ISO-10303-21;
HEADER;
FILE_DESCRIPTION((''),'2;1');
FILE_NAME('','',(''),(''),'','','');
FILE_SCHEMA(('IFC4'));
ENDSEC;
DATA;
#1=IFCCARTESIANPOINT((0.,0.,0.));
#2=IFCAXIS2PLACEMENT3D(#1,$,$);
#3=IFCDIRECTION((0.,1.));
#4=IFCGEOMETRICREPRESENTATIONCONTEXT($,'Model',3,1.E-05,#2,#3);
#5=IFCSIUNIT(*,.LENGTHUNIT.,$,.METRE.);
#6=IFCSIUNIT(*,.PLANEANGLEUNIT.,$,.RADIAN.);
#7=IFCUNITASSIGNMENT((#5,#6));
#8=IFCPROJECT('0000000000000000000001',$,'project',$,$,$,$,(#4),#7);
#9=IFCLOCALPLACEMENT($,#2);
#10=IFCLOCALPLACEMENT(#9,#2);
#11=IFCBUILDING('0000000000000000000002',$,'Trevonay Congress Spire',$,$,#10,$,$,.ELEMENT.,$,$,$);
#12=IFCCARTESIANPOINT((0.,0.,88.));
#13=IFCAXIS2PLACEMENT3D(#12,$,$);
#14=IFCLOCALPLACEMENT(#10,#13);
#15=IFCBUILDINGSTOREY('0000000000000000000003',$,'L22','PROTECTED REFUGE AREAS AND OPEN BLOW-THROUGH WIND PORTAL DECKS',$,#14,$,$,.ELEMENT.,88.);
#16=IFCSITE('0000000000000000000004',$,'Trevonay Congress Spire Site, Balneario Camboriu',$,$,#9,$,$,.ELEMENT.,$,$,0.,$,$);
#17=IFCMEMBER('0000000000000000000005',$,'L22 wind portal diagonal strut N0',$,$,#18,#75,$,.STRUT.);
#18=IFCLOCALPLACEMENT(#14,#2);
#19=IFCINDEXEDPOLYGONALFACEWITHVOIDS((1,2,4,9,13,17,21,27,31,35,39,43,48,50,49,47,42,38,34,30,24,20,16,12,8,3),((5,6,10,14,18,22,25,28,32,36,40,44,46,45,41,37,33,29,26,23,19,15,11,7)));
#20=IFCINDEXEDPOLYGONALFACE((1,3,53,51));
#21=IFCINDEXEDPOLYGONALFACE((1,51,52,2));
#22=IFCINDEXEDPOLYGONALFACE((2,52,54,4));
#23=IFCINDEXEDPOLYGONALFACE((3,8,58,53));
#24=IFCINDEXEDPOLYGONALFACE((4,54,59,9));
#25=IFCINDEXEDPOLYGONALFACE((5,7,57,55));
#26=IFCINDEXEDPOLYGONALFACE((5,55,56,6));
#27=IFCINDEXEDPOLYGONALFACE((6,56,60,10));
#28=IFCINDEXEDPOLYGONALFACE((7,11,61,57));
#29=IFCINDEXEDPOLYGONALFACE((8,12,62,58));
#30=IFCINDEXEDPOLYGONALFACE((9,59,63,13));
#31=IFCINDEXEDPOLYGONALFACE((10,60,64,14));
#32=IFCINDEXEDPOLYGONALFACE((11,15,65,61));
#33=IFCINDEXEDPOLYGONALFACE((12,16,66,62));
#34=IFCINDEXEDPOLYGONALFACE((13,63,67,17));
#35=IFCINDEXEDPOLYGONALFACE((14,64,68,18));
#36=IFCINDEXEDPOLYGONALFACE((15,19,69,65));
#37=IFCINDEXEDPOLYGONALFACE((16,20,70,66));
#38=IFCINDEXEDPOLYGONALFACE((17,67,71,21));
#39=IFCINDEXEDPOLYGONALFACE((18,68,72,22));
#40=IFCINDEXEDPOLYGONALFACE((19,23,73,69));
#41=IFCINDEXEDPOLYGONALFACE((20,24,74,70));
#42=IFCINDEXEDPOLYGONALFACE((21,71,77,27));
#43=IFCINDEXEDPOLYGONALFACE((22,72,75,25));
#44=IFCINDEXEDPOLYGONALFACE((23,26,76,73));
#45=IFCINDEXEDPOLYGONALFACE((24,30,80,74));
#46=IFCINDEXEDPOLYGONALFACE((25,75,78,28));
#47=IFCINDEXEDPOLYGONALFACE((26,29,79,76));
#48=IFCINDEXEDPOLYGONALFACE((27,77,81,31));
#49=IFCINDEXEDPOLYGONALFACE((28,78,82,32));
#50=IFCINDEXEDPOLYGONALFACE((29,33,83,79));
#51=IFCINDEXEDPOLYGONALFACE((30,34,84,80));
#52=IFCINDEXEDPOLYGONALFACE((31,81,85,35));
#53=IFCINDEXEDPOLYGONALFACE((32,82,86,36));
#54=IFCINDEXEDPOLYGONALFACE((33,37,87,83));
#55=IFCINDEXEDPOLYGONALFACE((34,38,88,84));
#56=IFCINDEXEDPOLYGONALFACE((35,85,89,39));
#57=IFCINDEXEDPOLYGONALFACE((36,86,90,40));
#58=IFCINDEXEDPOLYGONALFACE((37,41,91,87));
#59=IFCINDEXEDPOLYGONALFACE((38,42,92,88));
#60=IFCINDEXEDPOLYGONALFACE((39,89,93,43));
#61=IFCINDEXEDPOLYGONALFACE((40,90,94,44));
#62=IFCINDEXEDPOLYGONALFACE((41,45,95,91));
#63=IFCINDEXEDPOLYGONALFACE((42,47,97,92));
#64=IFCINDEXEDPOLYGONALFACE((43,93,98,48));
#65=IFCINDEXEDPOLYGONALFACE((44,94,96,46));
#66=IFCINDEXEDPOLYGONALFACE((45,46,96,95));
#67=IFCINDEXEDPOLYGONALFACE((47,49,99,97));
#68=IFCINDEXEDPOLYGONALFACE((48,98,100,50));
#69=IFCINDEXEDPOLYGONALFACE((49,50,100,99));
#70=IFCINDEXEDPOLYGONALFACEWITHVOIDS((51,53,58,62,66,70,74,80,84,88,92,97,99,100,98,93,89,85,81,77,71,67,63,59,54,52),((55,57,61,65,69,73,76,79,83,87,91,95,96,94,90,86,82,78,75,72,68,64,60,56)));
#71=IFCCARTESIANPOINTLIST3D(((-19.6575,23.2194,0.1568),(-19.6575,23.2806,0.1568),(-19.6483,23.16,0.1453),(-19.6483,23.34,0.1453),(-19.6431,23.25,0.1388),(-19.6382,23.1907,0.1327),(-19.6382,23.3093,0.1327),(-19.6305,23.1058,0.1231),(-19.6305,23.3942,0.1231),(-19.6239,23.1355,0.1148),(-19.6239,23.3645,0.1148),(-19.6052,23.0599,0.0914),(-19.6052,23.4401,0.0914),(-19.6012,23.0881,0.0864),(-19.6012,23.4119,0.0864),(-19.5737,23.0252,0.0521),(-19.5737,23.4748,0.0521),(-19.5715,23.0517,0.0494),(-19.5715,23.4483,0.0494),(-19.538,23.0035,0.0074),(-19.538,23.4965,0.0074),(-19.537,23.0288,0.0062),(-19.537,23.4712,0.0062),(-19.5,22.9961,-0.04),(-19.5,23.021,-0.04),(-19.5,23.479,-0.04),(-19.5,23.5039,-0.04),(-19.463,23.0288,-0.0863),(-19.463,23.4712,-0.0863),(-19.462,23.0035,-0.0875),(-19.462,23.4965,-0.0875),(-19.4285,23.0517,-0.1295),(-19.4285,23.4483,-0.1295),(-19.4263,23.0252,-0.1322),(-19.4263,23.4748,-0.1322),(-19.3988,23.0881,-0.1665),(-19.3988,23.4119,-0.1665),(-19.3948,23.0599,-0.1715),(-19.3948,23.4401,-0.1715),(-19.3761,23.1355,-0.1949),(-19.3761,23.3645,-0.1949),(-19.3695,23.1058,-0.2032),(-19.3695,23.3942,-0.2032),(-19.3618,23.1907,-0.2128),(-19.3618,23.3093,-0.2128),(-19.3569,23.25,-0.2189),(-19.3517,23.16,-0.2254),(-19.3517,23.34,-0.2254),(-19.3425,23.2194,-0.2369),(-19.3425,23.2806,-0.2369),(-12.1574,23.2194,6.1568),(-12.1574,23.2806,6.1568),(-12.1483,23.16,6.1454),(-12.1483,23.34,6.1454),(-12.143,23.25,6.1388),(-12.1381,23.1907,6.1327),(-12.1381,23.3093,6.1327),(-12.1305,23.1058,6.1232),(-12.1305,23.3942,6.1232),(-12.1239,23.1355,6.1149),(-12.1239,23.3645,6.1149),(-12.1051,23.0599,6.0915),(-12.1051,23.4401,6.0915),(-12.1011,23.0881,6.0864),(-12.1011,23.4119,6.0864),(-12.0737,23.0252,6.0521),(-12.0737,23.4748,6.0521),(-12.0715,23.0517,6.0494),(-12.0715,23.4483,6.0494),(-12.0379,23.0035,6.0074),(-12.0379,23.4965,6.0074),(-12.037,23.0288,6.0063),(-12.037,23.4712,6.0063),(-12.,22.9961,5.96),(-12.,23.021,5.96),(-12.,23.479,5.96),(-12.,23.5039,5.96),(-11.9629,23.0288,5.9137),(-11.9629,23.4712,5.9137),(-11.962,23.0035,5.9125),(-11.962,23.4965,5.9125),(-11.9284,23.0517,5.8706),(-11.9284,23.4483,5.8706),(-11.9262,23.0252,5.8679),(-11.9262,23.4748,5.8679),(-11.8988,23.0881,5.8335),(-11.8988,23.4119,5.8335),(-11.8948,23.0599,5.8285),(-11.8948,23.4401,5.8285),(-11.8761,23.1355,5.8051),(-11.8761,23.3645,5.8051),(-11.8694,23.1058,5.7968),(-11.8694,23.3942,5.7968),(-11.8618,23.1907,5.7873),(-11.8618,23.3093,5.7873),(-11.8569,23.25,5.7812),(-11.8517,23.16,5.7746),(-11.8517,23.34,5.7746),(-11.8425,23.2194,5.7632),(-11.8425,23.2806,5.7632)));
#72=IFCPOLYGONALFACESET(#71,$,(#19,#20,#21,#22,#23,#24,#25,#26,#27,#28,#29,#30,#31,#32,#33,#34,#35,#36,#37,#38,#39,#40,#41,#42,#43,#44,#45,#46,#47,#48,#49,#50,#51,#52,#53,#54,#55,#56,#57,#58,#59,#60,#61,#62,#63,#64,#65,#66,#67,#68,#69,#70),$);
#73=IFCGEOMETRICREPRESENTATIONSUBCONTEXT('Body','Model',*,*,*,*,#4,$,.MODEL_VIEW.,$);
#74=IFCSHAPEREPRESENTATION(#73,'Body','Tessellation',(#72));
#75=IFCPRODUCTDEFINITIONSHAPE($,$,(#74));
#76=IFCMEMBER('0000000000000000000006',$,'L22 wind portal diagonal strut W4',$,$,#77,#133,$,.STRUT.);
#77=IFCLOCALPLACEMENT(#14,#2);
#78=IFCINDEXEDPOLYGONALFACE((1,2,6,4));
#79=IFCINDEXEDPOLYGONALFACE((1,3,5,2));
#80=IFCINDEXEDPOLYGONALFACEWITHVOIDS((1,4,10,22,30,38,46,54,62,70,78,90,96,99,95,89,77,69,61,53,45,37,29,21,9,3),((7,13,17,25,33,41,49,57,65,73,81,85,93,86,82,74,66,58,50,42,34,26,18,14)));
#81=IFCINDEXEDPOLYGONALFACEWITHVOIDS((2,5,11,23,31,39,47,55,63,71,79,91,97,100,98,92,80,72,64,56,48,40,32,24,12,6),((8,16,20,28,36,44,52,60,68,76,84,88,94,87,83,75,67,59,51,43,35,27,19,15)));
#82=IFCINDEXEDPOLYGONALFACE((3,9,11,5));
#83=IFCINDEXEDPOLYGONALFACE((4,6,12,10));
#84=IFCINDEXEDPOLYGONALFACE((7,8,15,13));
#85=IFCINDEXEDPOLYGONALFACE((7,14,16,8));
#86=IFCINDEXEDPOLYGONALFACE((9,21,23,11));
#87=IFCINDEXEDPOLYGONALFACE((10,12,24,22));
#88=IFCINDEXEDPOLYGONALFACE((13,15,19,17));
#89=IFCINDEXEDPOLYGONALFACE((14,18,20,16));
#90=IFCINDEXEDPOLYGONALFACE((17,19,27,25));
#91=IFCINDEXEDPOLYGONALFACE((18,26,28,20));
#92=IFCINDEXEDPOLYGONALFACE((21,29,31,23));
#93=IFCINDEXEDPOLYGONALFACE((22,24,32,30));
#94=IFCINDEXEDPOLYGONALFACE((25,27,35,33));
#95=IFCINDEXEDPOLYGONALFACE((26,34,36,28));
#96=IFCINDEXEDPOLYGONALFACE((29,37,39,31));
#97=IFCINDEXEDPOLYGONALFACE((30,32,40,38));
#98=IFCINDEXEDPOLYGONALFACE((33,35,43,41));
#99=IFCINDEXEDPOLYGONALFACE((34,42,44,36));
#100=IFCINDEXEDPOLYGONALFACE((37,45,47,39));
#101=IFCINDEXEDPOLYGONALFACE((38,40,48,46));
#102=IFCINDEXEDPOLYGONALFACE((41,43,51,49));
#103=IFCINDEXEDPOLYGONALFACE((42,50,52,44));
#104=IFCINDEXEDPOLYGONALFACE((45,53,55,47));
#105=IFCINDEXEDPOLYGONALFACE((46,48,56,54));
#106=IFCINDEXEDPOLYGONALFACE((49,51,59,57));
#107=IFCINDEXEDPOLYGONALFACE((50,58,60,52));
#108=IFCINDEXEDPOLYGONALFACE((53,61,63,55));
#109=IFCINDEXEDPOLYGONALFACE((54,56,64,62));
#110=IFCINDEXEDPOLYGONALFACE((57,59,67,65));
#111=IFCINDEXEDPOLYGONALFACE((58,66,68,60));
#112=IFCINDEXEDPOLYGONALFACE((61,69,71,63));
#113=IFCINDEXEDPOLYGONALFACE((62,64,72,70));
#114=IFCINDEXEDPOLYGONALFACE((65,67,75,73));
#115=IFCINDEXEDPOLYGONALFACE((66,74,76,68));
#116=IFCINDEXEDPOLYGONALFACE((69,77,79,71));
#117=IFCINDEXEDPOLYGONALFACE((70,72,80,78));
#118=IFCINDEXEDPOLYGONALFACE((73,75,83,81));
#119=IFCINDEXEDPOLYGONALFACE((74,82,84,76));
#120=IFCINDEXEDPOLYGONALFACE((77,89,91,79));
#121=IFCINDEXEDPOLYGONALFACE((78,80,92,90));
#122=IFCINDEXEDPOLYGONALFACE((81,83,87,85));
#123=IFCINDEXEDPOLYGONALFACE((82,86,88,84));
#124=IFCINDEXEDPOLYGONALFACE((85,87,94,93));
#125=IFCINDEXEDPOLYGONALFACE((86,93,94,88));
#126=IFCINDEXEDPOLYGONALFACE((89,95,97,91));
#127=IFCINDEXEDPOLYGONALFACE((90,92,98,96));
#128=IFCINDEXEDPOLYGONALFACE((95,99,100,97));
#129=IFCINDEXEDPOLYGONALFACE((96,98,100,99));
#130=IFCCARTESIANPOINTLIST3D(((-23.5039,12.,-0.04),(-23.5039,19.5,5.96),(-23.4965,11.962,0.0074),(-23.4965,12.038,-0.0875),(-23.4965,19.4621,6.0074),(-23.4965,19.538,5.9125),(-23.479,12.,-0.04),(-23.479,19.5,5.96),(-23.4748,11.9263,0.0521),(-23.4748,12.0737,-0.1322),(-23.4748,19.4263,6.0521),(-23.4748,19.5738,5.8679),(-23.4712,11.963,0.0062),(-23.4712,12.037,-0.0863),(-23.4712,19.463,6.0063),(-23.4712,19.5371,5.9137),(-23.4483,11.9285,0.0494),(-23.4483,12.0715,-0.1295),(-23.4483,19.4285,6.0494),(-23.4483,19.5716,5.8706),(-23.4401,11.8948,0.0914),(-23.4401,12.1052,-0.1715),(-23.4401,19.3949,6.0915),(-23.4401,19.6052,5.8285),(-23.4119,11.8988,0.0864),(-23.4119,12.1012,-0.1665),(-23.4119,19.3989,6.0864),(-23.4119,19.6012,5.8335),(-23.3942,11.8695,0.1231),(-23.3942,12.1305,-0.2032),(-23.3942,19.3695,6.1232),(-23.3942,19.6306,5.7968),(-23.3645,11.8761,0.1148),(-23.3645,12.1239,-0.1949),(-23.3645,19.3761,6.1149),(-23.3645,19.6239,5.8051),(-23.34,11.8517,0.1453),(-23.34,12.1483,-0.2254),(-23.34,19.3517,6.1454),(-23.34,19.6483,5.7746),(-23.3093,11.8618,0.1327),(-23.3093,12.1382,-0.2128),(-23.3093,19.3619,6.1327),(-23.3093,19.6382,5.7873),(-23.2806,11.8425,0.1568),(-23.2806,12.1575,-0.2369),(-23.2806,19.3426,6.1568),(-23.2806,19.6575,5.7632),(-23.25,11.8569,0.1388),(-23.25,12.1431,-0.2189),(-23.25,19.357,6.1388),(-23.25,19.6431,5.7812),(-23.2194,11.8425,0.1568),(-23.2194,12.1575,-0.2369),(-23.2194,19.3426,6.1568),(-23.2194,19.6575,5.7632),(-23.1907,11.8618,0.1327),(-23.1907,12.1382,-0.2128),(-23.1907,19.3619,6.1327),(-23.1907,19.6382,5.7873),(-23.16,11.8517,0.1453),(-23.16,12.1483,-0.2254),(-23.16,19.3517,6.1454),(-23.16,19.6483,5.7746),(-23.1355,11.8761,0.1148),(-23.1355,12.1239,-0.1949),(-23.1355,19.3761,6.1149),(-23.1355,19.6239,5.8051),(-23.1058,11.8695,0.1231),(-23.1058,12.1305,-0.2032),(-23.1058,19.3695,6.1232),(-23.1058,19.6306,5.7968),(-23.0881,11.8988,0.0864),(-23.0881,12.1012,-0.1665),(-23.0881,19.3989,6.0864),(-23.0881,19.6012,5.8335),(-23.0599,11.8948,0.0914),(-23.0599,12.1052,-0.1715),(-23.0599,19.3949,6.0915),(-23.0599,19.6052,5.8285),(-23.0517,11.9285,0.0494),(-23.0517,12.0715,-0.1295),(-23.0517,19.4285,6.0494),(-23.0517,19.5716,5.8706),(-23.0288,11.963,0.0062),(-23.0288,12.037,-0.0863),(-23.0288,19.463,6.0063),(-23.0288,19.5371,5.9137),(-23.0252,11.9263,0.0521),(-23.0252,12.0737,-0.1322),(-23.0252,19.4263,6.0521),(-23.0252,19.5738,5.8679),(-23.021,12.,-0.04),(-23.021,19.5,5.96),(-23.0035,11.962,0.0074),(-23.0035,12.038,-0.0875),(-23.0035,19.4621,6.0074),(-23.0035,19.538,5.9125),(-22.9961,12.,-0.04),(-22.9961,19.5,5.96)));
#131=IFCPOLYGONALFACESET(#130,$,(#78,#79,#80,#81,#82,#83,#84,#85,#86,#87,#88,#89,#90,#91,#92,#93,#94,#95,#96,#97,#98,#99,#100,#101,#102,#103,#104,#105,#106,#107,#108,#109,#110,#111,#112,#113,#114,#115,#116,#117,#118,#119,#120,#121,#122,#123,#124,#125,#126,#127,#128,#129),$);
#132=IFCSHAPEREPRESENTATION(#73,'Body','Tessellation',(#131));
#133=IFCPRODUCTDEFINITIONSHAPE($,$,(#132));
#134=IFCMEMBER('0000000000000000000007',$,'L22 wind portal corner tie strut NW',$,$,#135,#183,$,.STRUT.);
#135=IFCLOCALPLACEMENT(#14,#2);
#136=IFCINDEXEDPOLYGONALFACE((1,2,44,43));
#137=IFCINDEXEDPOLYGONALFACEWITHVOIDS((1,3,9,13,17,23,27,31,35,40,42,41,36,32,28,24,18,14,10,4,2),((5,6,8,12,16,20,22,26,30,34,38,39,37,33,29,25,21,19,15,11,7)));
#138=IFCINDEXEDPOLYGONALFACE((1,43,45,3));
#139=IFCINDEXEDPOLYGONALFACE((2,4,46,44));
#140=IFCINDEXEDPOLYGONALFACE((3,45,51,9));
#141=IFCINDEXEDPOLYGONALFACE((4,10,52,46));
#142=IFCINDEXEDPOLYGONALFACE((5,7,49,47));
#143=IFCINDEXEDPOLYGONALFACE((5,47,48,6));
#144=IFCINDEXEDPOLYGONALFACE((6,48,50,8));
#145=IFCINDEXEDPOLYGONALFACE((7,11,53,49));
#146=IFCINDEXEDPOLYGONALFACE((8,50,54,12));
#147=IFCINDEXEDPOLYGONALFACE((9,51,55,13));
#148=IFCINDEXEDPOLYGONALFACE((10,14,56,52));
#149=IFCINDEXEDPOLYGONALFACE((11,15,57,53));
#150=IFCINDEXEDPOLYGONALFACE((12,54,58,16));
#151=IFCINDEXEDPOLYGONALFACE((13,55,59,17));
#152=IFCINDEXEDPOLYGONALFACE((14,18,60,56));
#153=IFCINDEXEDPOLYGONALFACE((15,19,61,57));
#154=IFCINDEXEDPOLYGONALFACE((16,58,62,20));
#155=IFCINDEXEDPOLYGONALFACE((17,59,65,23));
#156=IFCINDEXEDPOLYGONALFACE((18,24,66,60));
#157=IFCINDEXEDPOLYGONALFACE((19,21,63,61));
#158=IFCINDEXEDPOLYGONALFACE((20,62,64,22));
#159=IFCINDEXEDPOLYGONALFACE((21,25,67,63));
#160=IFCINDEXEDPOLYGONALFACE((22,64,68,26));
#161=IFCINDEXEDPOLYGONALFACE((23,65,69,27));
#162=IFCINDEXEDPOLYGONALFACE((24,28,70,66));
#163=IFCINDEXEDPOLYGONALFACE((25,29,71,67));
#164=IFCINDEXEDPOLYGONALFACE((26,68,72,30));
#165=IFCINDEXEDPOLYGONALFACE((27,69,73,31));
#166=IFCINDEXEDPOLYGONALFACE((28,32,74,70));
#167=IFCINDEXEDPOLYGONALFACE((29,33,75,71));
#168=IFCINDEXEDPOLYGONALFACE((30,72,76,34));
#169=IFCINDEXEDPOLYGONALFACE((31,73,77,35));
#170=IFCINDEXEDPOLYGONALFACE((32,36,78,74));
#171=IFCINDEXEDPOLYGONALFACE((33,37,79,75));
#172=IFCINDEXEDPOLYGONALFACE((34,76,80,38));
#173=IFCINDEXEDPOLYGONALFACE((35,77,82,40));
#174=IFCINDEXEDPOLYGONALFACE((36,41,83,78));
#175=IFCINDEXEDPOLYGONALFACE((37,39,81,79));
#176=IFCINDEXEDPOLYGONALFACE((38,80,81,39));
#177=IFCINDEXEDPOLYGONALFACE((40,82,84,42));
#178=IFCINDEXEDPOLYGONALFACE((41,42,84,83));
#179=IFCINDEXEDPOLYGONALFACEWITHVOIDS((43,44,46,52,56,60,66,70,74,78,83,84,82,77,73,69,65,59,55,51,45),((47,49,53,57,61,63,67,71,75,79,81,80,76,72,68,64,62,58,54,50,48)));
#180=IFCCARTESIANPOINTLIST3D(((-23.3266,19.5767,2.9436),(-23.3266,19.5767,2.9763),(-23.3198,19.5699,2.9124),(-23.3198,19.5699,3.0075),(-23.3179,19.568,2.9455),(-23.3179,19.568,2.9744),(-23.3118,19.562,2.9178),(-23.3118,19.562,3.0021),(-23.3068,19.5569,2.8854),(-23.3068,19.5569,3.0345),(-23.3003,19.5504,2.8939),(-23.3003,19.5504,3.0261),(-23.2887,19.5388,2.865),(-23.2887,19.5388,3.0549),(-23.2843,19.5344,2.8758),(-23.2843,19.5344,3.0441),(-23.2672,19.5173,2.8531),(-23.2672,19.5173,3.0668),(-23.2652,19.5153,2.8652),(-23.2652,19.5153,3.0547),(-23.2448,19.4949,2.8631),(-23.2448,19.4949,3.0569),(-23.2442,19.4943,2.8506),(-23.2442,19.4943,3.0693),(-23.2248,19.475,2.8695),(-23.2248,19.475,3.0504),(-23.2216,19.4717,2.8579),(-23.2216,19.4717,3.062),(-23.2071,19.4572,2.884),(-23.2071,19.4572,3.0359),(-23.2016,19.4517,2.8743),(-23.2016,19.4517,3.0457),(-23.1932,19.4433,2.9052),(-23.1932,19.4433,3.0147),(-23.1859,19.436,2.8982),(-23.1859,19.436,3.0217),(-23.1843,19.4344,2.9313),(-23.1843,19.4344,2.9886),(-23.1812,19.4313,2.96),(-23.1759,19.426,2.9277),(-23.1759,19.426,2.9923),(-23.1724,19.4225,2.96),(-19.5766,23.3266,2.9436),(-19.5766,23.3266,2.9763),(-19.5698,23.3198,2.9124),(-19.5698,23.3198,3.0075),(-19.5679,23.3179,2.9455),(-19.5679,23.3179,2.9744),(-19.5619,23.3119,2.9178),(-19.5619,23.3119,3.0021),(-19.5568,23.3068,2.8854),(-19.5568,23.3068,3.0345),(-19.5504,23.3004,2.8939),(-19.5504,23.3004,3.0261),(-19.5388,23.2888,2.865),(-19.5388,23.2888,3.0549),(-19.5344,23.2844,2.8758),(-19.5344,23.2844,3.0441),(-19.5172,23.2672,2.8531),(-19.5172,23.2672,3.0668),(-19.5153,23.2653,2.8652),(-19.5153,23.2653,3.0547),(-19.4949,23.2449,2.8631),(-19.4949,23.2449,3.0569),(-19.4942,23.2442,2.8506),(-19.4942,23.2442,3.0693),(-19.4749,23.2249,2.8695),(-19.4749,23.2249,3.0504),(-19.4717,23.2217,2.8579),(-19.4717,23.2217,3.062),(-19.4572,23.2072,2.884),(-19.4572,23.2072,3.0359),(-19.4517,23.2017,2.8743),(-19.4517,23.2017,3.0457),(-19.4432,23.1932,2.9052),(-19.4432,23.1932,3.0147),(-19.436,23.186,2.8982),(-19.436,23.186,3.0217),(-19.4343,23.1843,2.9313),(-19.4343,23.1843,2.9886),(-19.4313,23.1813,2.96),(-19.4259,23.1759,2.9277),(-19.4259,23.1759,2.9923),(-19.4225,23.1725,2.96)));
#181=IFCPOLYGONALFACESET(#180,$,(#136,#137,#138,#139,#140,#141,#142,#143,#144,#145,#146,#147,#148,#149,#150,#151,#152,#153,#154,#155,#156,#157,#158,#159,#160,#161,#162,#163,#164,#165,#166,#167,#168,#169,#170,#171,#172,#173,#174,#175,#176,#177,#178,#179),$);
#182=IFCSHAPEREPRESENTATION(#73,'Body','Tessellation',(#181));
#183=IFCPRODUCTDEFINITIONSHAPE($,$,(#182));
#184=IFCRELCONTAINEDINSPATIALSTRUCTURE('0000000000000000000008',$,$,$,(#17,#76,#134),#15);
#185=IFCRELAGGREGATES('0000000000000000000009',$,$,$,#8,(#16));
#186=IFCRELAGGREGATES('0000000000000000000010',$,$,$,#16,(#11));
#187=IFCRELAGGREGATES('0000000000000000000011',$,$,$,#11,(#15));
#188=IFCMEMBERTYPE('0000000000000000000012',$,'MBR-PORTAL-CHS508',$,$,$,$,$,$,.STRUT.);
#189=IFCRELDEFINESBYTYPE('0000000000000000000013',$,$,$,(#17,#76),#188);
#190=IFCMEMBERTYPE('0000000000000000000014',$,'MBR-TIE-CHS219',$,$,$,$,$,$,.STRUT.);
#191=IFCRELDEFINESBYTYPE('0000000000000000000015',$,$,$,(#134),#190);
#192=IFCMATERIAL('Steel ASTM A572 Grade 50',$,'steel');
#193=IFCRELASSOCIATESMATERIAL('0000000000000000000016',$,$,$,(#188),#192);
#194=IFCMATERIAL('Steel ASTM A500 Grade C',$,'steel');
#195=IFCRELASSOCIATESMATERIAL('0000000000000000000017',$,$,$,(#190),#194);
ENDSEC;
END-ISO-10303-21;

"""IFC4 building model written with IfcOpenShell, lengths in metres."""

from ifc_helpers import new_model, si_unit, direction, frame, origin, origin_2d, place, context, subcontext, project, spatial, hollow_circle, extrude, material, material_profile, profile_set, type_object, element, save


model = new_model("IFC4")

# Units and contexts
model_context = context("Model", 3, precision=1e-05, world=origin(), true_north=direction((0.0, 1.0)))
body_context = subcontext(model_context, "Body", "Model", "MODEL_VIEW")
ifc_project = project(units=[si_unit("LENGTHUNIT", "METRE"), si_unit("PLANEANGLEUNIT", "RADIAN")], contexts=[model_context])

# Site, building, storey
site_placement = place(None, origin())
site = spatial("IfcSite", under=ifc_project, at=site_placement, Name="Trevonay Congress Spire Site, Balneario Camboriu", CompositionType="ELEMENT", RefElevation=0.0)
building_placement = place(site_placement, origin())
building = spatial("IfcBuilding", under=site, at=building_placement, Name="Trevonay Congress Spire", CompositionType="ELEMENT")
storey_placement = place(building_placement, frame((0.0, 0.0, 88.0)))
storey = spatial("IfcBuildingStorey", under=building, at=storey_placement, Name="L22", Description="PROTECTED REFUGE AREAS AND OPEN BLOW-THROUGH WIND PORTAL DECKS", CompositionType="ELEMENT", Elevation=88.0)

# Shared definitions
ifc_material_1 = material(Name="Steel ASTM A572 Grade 50", Category="steel")

# Members
ifc_material_profile_1 = material_profile(ifc_material_1, hollow_circle(Radius=0.2539, WallThickness=0.0249, at=origin_2d()), Name="CHS 508x25")
ifc_profile_set_1 = profile_set([ifc_material_profile_1], Name="Steel ASTM A572 Grade 50")
member_type_1 = type_object("IfcMemberType", Name="MBR-PORTAL-CHS508", PredefinedType="STRUT", material=ifc_profile_set_1)
for number, where, z_axis, x_axis, name in (
    (1, (-19.5, 23.25, -0.04), (0.780869, 0.0, 0.624695), (0.0, 1.0, 0.0), "L22 wind portal diagonal strut N0"),
    (2, (-23.25, 12.0, -0.04), (0.0, 0.780869, 0.624695), (-1.0, 0.0, 0.0), "L22 wind portal diagonal strut W4"),
):
    element("IfcMember", number, at=place(storey_placement, frame(where, z_axis=z_axis, x_axis=x_axis)), inside=storey, type_object=member_type_1, Name=name, PredefinedType="STRUT", context=body_context, shape_type="SweptSolid", body=[
        extrude(hollow_circle(Radius=0.2539, WallThickness=0.0249, at=origin_2d()), origin(), (0.0, 0.0, 1.0), 9.6047),
    ])
ifc_material_2 = material(Name="Steel ASTM A500 Grade C", Category="steel")
ifc_material_profile_2 = material_profile(ifc_material_2, hollow_circle(Radius=0.1096, WallThickness=0.0125, at=origin_2d()), Name="CHS 219.1x12.5")
ifc_profile_set_2 = profile_set([ifc_material_profile_2], Name="Steel ASTM A500 Grade C")
member_type_2 = type_object("IfcMemberType", Name="MBR-TIE-CHS219", PredefinedType="STRUT", material=ifc_profile_set_2)
member_placement = place(storey_placement, frame((-19.5, 23.25, 2.96), z_axis=(-0.707107, -0.707107, 0.0), x_axis=(0.707107, -0.707107, 0.0)))
element("IfcMember", 3, at=member_placement, inside=storey, type_object=member_type_2, Name="L22 wind portal corner tie strut NW", PredefinedType="STRUT", context=body_context, shape_type="SweptSolid", body=[
    extrude(hollow_circle(Radius=0.1096, WallThickness=0.0125, at=origin_2d()), origin(), (0.0, 0.0, 1.0), 5.3032),
])

save(model, "model.ifc")
